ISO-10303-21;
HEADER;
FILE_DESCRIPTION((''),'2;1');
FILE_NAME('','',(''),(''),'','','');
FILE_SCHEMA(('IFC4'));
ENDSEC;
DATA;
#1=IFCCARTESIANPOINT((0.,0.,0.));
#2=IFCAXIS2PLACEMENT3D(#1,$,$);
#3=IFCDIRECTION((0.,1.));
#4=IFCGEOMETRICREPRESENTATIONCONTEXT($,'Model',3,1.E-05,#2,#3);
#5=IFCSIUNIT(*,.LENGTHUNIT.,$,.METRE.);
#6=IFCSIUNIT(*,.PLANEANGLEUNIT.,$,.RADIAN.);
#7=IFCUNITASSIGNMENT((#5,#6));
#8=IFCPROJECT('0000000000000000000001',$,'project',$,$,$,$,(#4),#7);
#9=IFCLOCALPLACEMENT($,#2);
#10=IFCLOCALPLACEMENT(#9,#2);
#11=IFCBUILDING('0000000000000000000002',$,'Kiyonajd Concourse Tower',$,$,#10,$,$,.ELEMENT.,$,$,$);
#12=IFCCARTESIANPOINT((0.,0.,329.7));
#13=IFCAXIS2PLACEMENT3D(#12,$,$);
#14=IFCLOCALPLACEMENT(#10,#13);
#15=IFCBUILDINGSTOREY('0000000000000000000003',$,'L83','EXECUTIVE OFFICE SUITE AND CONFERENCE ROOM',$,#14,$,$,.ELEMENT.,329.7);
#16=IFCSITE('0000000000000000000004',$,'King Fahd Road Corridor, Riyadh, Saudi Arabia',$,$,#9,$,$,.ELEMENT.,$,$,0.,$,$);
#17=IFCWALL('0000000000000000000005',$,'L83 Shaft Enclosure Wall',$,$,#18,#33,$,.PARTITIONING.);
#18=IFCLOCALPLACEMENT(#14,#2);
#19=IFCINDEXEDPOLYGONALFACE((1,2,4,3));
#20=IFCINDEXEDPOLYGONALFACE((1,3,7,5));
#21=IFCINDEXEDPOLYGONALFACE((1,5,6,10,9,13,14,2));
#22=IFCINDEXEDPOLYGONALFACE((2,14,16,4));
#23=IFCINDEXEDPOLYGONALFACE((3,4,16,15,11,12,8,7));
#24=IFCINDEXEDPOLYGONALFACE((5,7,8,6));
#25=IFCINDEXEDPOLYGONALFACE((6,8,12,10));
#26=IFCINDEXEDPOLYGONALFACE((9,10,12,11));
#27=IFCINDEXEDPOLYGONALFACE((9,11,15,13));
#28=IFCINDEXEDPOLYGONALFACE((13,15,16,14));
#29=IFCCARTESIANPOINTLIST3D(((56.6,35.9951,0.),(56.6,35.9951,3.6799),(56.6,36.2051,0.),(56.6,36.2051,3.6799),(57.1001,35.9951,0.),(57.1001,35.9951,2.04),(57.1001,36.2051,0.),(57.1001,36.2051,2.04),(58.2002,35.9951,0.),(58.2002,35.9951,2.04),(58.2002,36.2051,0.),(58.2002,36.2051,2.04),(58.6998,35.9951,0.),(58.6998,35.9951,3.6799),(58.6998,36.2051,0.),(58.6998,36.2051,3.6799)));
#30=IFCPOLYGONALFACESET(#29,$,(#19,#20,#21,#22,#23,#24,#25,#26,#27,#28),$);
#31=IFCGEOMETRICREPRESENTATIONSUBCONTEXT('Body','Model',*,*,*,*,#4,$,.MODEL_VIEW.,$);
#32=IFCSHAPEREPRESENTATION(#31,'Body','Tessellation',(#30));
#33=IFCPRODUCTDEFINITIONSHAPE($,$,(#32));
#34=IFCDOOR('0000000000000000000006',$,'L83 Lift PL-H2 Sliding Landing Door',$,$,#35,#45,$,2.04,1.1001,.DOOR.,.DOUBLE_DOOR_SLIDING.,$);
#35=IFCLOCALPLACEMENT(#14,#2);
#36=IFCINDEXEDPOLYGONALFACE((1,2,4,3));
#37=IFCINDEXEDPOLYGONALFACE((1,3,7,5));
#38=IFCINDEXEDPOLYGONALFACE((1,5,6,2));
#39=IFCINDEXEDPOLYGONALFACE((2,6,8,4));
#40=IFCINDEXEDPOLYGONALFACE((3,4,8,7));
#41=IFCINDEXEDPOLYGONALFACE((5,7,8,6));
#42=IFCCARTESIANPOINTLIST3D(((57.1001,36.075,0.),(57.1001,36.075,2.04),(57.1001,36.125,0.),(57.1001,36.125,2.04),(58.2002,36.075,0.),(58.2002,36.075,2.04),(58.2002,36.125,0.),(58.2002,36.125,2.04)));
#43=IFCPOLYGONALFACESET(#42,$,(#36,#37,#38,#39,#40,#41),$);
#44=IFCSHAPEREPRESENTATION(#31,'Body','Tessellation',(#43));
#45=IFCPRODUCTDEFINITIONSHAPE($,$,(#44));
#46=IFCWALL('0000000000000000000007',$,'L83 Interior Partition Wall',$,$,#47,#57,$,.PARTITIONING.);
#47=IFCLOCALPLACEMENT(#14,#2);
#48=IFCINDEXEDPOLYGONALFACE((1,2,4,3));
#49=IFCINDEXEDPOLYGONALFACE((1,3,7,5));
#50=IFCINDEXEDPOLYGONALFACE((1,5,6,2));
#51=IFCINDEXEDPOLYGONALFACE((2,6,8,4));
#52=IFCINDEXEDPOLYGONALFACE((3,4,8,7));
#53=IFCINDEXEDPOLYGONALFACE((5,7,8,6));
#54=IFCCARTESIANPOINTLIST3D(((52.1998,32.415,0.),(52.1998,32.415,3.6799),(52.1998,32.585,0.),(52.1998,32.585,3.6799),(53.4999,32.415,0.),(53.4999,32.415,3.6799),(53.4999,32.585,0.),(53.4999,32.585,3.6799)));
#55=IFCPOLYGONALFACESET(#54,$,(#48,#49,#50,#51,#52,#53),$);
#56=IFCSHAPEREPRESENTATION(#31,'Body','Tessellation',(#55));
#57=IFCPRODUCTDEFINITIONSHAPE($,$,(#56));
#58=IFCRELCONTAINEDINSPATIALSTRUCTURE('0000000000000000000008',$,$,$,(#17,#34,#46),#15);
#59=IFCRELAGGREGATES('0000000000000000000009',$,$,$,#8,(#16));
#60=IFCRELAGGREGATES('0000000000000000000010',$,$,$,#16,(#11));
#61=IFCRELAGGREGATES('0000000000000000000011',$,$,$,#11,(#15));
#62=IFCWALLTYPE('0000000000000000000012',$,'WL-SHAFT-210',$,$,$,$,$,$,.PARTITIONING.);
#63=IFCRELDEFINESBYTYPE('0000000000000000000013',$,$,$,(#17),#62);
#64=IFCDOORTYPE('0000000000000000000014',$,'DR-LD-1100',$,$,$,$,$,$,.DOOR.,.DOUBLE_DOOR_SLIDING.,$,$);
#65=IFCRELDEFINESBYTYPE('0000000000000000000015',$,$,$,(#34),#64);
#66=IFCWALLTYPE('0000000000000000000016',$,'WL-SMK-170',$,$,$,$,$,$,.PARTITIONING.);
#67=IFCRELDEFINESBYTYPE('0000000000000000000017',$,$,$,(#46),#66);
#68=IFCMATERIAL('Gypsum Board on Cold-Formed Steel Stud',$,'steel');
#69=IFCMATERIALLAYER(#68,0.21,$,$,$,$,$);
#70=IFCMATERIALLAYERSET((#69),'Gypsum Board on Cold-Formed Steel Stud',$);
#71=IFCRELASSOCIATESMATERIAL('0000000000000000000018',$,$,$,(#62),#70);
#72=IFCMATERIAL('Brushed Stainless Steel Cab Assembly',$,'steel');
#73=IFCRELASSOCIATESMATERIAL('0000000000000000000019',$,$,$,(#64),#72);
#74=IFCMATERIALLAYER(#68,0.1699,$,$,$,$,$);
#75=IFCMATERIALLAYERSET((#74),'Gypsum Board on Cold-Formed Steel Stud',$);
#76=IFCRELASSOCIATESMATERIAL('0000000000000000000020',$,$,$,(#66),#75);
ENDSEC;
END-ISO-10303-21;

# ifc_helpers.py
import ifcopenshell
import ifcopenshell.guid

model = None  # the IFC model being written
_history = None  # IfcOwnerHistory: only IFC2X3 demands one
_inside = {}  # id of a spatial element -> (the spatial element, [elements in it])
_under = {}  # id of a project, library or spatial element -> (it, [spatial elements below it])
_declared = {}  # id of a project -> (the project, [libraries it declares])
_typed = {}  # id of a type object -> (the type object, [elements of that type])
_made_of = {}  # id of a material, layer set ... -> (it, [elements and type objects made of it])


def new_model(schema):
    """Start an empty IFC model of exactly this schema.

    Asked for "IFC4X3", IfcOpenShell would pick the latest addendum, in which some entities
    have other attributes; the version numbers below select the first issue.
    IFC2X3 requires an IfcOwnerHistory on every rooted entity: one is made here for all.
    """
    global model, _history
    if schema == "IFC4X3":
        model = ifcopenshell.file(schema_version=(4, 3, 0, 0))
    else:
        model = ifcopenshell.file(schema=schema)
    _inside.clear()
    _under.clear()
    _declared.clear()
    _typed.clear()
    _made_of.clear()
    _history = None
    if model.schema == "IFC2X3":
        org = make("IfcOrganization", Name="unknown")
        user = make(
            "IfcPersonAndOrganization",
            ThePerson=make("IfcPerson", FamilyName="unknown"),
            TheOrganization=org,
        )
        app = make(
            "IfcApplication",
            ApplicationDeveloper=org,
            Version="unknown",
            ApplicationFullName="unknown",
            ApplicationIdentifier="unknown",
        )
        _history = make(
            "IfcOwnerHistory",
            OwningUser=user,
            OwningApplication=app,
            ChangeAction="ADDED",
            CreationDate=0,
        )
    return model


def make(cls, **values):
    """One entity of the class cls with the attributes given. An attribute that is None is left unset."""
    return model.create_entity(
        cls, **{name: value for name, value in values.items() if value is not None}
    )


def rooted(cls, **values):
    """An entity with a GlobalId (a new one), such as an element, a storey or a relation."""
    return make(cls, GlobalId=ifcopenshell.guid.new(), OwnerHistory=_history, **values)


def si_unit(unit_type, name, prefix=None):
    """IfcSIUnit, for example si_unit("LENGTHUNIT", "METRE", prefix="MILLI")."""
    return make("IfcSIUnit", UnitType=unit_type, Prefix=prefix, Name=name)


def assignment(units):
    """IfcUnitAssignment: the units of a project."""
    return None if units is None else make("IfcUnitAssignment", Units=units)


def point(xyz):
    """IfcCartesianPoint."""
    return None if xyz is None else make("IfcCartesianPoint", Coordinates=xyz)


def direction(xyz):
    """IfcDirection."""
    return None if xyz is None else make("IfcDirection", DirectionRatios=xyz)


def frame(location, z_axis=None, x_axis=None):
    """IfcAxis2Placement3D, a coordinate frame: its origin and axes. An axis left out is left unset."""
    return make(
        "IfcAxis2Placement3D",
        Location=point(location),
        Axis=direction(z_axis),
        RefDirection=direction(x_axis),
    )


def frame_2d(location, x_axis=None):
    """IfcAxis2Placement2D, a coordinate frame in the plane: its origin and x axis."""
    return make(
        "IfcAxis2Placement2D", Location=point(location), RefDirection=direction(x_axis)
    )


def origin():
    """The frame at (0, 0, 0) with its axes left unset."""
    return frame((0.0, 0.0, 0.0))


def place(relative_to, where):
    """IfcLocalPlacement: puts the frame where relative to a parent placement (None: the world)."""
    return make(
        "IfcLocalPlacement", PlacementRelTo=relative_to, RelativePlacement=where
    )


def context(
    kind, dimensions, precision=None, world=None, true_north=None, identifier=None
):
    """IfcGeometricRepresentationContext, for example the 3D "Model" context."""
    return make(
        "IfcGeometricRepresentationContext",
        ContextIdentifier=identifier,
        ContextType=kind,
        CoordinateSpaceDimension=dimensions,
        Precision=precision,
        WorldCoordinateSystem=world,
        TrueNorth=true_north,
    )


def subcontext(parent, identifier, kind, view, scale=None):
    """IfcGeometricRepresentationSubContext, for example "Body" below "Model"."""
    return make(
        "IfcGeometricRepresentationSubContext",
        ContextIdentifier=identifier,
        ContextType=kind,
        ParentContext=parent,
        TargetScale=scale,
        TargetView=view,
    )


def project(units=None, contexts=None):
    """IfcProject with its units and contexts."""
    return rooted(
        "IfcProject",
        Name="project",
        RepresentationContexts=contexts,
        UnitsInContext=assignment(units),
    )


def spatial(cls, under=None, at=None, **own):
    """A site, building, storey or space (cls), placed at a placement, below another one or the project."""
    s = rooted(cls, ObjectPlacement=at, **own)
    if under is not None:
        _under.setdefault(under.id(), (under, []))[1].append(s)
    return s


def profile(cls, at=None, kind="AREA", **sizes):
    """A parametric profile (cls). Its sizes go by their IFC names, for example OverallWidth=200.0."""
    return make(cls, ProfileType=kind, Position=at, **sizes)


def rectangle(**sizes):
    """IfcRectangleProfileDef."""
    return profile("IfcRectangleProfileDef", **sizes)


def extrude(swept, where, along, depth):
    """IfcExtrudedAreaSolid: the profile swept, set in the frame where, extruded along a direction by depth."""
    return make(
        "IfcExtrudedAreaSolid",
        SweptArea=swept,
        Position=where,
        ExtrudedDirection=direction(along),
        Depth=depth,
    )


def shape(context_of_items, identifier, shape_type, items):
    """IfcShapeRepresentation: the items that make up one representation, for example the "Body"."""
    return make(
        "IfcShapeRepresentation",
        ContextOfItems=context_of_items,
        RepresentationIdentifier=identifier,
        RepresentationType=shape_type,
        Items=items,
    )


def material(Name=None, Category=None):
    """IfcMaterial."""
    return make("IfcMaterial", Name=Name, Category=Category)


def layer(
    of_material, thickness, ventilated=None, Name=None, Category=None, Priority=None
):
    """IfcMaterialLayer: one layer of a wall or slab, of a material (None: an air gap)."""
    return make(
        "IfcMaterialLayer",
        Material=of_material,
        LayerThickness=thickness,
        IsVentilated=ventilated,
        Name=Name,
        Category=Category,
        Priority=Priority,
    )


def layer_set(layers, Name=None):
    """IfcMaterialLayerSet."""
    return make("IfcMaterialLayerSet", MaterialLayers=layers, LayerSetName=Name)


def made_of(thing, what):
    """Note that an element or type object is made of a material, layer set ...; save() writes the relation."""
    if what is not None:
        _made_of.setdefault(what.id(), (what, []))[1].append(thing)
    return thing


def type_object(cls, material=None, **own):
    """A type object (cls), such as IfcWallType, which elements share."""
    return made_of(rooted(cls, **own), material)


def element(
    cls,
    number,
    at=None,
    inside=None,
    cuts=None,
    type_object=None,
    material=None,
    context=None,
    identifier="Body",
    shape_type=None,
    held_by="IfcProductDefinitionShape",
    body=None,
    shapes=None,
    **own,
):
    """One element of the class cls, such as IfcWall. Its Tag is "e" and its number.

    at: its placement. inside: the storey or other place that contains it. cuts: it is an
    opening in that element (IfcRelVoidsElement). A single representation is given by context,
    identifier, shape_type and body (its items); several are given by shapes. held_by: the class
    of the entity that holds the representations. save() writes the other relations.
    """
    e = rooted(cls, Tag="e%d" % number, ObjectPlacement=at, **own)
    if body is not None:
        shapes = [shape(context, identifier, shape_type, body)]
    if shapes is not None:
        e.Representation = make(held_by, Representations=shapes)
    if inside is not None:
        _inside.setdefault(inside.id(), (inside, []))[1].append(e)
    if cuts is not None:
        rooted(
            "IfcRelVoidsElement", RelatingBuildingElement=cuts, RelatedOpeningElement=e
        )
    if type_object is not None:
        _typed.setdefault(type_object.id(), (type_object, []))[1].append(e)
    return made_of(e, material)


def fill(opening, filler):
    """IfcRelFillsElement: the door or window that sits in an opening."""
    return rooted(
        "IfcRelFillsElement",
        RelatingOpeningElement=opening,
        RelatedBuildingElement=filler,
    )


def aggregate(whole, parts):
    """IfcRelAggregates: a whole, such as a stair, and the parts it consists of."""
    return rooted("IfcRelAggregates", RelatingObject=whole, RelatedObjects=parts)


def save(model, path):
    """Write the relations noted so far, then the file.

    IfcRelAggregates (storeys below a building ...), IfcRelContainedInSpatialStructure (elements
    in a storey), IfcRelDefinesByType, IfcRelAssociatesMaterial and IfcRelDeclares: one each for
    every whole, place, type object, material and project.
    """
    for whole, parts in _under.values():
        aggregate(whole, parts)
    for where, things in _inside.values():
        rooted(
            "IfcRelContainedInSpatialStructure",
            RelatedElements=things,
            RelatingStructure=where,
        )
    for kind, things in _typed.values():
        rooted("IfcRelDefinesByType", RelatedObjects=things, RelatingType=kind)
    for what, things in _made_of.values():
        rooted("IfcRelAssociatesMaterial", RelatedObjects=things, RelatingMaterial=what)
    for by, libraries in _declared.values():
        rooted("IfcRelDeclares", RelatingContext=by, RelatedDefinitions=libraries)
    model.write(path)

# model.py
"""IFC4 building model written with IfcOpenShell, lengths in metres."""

from ifc_helpers import new_model, si_unit, direction, frame, frame_2d, origin, place, context, subcontext, project, spatial, rectangle, extrude, material, layer, layer_set, type_object, element, fill, save


model = new_model("IFC4")

# Units and contexts
model_context = context("Model", 3, precision=1e-05, world=origin(), true_north=direction((0.0, 1.0)))
body_context = subcontext(model_context, "Body", "Model", "MODEL_VIEW")
ifc_project = project(units=[si_unit("LENGTHUNIT", "METRE"), si_unit("PLANEANGLEUNIT", "RADIAN")], contexts=[model_context])

# Site, building, storey
site_placement = place(None, origin())
site = spatial("IfcSite", under=ifc_project, at=site_placement, Name="King Fahd Road Corridor, Riyadh, Saudi Arabia", CompositionType="ELEMENT", RefElevation=0.0)
building_placement = place(site_placement, origin())
building = spatial("IfcBuilding", under=site, at=building_placement, Name="Kiyonajd Concourse Tower", CompositionType="ELEMENT")
storey_placement = place(building_placement, frame((0.0, 0.0, 329.7)))
storey = spatial("IfcBuildingStorey", under=building, at=storey_placement, Name="L83", Description="EXECUTIVE OFFICE SUITE AND CONFERENCE ROOM", CompositionType="ELEMENT", Elevation=329.7)

# Shared definitions
ifc_material_1 = material(Name="Gypsum Board on Cold-Formed Steel Stud", Category="steel")
ifc_layer_1 = layer(ifc_material_1, 0.21)
ifc_layer_set_1 = layer_set([ifc_layer_1], Name="Gypsum Board on Cold-Formed Steel Stud")
wall_type_1 = type_object("IfcWallType", Name="WL-SHAFT-210", PredefinedType="PARTITIONING", material=ifc_layer_set_1)
ifc_material_2 = material(Name="Brushed Stainless Steel Cab Assembly", Category="steel")

# Shared definitions
door_type_1 = type_object("IfcDoorType", Name="DR-LD-1100", OperationType="DOUBLE_DOOR_SLIDING", PredefinedType="DOOR", material=ifc_material_2)

# Wall, opening, door
wall_1_placement = place(storey_placement, frame((56.6001, 36.1001, 0.0), z_axis=(0.0, 0.0, 1.0), x_axis=(1.0, 0.0, 0.0)))
wall_1 = element("IfcWall", 1, at=wall_1_placement, inside=storey, type_object=wall_type_1, Name="L83 Shaft Enclosure Wall", PredefinedType="PARTITIONING", context=body_context, shape_type="SweptSolid", body=[
    extrude(rectangle(XDim=2.0999, YDim=0.21, at=frame_2d((1.0498, 0.0))), origin(), (0.0, 0.0, 1.0), 3.6799),
])
opening_1_placement = place(wall_1_placement, frame((0.5, 0.0, 0.0)))
opening_1 = element("IfcOpeningElement", 2, at=opening_1_placement, cuts=wall_1, PredefinedType="OPENING", context=body_context, shape_type="SweptSolid", body=[
    extrude(rectangle(XDim=1.1001, YDim=2.04, at=frame_2d((0.55, 1.02))), frame((0.0, 0.115, 0.0), z_axis=(0.0, -1.0, 0.0), x_axis=(1.0, 0.0, 0.0)), (0.0, 0.0, 1.0), 0.23),
])
door_1_placement = place(opening_1_placement, origin())
door_1 = element("IfcDoor", 3, at=door_1_placement, inside=storey, type_object=door_type_1, Name="L83 Lift PL-H2 Sliding Landing Door", OperationType="DOUBLE_DOOR_SLIDING", OverallHeight=2.04, OverallWidth=1.1001, PredefinedType="DOOR", context=body_context, shape_type="SweptSolid", body=[
    extrude(rectangle(XDim=1.1001, YDim=2.04, at=frame_2d((0.55, 1.02))), frame((0.0, 0.0249, 0.0), z_axis=(0.0, -1.0, 0.0), x_axis=(1.0, 0.0, 0.0)), (0.0, 0.0, 1.0), 0.05),
])
fill(opening_1, door_1)

# Wall
ifc_layer_2 = layer(ifc_material_1, 0.1699)
ifc_layer_set_2 = layer_set([ifc_layer_2], Name="Gypsum Board on Cold-Formed Steel Stud")
wall_type_2 = type_object("IfcWallType", Name="WL-SMK-170", PredefinedType="PARTITIONING", material=ifc_layer_set_2)
wall_2_placement = place(storey_placement, frame((52.2, 32.5, 0.0), z_axis=(0.0, 0.0, 1.0), x_axis=(1.0, 0.0, 0.0)))
element("IfcWall", 4, at=wall_2_placement, inside=storey, type_object=wall_type_2, Name="L83 Interior Partition Wall", PredefinedType="PARTITIONING", context=body_context, shape_type="SweptSolid", body=[
    extrude(rectangle(XDim=1.3, YDim=0.1699, at=frame_2d((0.6499, 0.0))), origin(), (0.0, 0.0, 1.0), 3.6799),
])

save(model, "model.ifc")
